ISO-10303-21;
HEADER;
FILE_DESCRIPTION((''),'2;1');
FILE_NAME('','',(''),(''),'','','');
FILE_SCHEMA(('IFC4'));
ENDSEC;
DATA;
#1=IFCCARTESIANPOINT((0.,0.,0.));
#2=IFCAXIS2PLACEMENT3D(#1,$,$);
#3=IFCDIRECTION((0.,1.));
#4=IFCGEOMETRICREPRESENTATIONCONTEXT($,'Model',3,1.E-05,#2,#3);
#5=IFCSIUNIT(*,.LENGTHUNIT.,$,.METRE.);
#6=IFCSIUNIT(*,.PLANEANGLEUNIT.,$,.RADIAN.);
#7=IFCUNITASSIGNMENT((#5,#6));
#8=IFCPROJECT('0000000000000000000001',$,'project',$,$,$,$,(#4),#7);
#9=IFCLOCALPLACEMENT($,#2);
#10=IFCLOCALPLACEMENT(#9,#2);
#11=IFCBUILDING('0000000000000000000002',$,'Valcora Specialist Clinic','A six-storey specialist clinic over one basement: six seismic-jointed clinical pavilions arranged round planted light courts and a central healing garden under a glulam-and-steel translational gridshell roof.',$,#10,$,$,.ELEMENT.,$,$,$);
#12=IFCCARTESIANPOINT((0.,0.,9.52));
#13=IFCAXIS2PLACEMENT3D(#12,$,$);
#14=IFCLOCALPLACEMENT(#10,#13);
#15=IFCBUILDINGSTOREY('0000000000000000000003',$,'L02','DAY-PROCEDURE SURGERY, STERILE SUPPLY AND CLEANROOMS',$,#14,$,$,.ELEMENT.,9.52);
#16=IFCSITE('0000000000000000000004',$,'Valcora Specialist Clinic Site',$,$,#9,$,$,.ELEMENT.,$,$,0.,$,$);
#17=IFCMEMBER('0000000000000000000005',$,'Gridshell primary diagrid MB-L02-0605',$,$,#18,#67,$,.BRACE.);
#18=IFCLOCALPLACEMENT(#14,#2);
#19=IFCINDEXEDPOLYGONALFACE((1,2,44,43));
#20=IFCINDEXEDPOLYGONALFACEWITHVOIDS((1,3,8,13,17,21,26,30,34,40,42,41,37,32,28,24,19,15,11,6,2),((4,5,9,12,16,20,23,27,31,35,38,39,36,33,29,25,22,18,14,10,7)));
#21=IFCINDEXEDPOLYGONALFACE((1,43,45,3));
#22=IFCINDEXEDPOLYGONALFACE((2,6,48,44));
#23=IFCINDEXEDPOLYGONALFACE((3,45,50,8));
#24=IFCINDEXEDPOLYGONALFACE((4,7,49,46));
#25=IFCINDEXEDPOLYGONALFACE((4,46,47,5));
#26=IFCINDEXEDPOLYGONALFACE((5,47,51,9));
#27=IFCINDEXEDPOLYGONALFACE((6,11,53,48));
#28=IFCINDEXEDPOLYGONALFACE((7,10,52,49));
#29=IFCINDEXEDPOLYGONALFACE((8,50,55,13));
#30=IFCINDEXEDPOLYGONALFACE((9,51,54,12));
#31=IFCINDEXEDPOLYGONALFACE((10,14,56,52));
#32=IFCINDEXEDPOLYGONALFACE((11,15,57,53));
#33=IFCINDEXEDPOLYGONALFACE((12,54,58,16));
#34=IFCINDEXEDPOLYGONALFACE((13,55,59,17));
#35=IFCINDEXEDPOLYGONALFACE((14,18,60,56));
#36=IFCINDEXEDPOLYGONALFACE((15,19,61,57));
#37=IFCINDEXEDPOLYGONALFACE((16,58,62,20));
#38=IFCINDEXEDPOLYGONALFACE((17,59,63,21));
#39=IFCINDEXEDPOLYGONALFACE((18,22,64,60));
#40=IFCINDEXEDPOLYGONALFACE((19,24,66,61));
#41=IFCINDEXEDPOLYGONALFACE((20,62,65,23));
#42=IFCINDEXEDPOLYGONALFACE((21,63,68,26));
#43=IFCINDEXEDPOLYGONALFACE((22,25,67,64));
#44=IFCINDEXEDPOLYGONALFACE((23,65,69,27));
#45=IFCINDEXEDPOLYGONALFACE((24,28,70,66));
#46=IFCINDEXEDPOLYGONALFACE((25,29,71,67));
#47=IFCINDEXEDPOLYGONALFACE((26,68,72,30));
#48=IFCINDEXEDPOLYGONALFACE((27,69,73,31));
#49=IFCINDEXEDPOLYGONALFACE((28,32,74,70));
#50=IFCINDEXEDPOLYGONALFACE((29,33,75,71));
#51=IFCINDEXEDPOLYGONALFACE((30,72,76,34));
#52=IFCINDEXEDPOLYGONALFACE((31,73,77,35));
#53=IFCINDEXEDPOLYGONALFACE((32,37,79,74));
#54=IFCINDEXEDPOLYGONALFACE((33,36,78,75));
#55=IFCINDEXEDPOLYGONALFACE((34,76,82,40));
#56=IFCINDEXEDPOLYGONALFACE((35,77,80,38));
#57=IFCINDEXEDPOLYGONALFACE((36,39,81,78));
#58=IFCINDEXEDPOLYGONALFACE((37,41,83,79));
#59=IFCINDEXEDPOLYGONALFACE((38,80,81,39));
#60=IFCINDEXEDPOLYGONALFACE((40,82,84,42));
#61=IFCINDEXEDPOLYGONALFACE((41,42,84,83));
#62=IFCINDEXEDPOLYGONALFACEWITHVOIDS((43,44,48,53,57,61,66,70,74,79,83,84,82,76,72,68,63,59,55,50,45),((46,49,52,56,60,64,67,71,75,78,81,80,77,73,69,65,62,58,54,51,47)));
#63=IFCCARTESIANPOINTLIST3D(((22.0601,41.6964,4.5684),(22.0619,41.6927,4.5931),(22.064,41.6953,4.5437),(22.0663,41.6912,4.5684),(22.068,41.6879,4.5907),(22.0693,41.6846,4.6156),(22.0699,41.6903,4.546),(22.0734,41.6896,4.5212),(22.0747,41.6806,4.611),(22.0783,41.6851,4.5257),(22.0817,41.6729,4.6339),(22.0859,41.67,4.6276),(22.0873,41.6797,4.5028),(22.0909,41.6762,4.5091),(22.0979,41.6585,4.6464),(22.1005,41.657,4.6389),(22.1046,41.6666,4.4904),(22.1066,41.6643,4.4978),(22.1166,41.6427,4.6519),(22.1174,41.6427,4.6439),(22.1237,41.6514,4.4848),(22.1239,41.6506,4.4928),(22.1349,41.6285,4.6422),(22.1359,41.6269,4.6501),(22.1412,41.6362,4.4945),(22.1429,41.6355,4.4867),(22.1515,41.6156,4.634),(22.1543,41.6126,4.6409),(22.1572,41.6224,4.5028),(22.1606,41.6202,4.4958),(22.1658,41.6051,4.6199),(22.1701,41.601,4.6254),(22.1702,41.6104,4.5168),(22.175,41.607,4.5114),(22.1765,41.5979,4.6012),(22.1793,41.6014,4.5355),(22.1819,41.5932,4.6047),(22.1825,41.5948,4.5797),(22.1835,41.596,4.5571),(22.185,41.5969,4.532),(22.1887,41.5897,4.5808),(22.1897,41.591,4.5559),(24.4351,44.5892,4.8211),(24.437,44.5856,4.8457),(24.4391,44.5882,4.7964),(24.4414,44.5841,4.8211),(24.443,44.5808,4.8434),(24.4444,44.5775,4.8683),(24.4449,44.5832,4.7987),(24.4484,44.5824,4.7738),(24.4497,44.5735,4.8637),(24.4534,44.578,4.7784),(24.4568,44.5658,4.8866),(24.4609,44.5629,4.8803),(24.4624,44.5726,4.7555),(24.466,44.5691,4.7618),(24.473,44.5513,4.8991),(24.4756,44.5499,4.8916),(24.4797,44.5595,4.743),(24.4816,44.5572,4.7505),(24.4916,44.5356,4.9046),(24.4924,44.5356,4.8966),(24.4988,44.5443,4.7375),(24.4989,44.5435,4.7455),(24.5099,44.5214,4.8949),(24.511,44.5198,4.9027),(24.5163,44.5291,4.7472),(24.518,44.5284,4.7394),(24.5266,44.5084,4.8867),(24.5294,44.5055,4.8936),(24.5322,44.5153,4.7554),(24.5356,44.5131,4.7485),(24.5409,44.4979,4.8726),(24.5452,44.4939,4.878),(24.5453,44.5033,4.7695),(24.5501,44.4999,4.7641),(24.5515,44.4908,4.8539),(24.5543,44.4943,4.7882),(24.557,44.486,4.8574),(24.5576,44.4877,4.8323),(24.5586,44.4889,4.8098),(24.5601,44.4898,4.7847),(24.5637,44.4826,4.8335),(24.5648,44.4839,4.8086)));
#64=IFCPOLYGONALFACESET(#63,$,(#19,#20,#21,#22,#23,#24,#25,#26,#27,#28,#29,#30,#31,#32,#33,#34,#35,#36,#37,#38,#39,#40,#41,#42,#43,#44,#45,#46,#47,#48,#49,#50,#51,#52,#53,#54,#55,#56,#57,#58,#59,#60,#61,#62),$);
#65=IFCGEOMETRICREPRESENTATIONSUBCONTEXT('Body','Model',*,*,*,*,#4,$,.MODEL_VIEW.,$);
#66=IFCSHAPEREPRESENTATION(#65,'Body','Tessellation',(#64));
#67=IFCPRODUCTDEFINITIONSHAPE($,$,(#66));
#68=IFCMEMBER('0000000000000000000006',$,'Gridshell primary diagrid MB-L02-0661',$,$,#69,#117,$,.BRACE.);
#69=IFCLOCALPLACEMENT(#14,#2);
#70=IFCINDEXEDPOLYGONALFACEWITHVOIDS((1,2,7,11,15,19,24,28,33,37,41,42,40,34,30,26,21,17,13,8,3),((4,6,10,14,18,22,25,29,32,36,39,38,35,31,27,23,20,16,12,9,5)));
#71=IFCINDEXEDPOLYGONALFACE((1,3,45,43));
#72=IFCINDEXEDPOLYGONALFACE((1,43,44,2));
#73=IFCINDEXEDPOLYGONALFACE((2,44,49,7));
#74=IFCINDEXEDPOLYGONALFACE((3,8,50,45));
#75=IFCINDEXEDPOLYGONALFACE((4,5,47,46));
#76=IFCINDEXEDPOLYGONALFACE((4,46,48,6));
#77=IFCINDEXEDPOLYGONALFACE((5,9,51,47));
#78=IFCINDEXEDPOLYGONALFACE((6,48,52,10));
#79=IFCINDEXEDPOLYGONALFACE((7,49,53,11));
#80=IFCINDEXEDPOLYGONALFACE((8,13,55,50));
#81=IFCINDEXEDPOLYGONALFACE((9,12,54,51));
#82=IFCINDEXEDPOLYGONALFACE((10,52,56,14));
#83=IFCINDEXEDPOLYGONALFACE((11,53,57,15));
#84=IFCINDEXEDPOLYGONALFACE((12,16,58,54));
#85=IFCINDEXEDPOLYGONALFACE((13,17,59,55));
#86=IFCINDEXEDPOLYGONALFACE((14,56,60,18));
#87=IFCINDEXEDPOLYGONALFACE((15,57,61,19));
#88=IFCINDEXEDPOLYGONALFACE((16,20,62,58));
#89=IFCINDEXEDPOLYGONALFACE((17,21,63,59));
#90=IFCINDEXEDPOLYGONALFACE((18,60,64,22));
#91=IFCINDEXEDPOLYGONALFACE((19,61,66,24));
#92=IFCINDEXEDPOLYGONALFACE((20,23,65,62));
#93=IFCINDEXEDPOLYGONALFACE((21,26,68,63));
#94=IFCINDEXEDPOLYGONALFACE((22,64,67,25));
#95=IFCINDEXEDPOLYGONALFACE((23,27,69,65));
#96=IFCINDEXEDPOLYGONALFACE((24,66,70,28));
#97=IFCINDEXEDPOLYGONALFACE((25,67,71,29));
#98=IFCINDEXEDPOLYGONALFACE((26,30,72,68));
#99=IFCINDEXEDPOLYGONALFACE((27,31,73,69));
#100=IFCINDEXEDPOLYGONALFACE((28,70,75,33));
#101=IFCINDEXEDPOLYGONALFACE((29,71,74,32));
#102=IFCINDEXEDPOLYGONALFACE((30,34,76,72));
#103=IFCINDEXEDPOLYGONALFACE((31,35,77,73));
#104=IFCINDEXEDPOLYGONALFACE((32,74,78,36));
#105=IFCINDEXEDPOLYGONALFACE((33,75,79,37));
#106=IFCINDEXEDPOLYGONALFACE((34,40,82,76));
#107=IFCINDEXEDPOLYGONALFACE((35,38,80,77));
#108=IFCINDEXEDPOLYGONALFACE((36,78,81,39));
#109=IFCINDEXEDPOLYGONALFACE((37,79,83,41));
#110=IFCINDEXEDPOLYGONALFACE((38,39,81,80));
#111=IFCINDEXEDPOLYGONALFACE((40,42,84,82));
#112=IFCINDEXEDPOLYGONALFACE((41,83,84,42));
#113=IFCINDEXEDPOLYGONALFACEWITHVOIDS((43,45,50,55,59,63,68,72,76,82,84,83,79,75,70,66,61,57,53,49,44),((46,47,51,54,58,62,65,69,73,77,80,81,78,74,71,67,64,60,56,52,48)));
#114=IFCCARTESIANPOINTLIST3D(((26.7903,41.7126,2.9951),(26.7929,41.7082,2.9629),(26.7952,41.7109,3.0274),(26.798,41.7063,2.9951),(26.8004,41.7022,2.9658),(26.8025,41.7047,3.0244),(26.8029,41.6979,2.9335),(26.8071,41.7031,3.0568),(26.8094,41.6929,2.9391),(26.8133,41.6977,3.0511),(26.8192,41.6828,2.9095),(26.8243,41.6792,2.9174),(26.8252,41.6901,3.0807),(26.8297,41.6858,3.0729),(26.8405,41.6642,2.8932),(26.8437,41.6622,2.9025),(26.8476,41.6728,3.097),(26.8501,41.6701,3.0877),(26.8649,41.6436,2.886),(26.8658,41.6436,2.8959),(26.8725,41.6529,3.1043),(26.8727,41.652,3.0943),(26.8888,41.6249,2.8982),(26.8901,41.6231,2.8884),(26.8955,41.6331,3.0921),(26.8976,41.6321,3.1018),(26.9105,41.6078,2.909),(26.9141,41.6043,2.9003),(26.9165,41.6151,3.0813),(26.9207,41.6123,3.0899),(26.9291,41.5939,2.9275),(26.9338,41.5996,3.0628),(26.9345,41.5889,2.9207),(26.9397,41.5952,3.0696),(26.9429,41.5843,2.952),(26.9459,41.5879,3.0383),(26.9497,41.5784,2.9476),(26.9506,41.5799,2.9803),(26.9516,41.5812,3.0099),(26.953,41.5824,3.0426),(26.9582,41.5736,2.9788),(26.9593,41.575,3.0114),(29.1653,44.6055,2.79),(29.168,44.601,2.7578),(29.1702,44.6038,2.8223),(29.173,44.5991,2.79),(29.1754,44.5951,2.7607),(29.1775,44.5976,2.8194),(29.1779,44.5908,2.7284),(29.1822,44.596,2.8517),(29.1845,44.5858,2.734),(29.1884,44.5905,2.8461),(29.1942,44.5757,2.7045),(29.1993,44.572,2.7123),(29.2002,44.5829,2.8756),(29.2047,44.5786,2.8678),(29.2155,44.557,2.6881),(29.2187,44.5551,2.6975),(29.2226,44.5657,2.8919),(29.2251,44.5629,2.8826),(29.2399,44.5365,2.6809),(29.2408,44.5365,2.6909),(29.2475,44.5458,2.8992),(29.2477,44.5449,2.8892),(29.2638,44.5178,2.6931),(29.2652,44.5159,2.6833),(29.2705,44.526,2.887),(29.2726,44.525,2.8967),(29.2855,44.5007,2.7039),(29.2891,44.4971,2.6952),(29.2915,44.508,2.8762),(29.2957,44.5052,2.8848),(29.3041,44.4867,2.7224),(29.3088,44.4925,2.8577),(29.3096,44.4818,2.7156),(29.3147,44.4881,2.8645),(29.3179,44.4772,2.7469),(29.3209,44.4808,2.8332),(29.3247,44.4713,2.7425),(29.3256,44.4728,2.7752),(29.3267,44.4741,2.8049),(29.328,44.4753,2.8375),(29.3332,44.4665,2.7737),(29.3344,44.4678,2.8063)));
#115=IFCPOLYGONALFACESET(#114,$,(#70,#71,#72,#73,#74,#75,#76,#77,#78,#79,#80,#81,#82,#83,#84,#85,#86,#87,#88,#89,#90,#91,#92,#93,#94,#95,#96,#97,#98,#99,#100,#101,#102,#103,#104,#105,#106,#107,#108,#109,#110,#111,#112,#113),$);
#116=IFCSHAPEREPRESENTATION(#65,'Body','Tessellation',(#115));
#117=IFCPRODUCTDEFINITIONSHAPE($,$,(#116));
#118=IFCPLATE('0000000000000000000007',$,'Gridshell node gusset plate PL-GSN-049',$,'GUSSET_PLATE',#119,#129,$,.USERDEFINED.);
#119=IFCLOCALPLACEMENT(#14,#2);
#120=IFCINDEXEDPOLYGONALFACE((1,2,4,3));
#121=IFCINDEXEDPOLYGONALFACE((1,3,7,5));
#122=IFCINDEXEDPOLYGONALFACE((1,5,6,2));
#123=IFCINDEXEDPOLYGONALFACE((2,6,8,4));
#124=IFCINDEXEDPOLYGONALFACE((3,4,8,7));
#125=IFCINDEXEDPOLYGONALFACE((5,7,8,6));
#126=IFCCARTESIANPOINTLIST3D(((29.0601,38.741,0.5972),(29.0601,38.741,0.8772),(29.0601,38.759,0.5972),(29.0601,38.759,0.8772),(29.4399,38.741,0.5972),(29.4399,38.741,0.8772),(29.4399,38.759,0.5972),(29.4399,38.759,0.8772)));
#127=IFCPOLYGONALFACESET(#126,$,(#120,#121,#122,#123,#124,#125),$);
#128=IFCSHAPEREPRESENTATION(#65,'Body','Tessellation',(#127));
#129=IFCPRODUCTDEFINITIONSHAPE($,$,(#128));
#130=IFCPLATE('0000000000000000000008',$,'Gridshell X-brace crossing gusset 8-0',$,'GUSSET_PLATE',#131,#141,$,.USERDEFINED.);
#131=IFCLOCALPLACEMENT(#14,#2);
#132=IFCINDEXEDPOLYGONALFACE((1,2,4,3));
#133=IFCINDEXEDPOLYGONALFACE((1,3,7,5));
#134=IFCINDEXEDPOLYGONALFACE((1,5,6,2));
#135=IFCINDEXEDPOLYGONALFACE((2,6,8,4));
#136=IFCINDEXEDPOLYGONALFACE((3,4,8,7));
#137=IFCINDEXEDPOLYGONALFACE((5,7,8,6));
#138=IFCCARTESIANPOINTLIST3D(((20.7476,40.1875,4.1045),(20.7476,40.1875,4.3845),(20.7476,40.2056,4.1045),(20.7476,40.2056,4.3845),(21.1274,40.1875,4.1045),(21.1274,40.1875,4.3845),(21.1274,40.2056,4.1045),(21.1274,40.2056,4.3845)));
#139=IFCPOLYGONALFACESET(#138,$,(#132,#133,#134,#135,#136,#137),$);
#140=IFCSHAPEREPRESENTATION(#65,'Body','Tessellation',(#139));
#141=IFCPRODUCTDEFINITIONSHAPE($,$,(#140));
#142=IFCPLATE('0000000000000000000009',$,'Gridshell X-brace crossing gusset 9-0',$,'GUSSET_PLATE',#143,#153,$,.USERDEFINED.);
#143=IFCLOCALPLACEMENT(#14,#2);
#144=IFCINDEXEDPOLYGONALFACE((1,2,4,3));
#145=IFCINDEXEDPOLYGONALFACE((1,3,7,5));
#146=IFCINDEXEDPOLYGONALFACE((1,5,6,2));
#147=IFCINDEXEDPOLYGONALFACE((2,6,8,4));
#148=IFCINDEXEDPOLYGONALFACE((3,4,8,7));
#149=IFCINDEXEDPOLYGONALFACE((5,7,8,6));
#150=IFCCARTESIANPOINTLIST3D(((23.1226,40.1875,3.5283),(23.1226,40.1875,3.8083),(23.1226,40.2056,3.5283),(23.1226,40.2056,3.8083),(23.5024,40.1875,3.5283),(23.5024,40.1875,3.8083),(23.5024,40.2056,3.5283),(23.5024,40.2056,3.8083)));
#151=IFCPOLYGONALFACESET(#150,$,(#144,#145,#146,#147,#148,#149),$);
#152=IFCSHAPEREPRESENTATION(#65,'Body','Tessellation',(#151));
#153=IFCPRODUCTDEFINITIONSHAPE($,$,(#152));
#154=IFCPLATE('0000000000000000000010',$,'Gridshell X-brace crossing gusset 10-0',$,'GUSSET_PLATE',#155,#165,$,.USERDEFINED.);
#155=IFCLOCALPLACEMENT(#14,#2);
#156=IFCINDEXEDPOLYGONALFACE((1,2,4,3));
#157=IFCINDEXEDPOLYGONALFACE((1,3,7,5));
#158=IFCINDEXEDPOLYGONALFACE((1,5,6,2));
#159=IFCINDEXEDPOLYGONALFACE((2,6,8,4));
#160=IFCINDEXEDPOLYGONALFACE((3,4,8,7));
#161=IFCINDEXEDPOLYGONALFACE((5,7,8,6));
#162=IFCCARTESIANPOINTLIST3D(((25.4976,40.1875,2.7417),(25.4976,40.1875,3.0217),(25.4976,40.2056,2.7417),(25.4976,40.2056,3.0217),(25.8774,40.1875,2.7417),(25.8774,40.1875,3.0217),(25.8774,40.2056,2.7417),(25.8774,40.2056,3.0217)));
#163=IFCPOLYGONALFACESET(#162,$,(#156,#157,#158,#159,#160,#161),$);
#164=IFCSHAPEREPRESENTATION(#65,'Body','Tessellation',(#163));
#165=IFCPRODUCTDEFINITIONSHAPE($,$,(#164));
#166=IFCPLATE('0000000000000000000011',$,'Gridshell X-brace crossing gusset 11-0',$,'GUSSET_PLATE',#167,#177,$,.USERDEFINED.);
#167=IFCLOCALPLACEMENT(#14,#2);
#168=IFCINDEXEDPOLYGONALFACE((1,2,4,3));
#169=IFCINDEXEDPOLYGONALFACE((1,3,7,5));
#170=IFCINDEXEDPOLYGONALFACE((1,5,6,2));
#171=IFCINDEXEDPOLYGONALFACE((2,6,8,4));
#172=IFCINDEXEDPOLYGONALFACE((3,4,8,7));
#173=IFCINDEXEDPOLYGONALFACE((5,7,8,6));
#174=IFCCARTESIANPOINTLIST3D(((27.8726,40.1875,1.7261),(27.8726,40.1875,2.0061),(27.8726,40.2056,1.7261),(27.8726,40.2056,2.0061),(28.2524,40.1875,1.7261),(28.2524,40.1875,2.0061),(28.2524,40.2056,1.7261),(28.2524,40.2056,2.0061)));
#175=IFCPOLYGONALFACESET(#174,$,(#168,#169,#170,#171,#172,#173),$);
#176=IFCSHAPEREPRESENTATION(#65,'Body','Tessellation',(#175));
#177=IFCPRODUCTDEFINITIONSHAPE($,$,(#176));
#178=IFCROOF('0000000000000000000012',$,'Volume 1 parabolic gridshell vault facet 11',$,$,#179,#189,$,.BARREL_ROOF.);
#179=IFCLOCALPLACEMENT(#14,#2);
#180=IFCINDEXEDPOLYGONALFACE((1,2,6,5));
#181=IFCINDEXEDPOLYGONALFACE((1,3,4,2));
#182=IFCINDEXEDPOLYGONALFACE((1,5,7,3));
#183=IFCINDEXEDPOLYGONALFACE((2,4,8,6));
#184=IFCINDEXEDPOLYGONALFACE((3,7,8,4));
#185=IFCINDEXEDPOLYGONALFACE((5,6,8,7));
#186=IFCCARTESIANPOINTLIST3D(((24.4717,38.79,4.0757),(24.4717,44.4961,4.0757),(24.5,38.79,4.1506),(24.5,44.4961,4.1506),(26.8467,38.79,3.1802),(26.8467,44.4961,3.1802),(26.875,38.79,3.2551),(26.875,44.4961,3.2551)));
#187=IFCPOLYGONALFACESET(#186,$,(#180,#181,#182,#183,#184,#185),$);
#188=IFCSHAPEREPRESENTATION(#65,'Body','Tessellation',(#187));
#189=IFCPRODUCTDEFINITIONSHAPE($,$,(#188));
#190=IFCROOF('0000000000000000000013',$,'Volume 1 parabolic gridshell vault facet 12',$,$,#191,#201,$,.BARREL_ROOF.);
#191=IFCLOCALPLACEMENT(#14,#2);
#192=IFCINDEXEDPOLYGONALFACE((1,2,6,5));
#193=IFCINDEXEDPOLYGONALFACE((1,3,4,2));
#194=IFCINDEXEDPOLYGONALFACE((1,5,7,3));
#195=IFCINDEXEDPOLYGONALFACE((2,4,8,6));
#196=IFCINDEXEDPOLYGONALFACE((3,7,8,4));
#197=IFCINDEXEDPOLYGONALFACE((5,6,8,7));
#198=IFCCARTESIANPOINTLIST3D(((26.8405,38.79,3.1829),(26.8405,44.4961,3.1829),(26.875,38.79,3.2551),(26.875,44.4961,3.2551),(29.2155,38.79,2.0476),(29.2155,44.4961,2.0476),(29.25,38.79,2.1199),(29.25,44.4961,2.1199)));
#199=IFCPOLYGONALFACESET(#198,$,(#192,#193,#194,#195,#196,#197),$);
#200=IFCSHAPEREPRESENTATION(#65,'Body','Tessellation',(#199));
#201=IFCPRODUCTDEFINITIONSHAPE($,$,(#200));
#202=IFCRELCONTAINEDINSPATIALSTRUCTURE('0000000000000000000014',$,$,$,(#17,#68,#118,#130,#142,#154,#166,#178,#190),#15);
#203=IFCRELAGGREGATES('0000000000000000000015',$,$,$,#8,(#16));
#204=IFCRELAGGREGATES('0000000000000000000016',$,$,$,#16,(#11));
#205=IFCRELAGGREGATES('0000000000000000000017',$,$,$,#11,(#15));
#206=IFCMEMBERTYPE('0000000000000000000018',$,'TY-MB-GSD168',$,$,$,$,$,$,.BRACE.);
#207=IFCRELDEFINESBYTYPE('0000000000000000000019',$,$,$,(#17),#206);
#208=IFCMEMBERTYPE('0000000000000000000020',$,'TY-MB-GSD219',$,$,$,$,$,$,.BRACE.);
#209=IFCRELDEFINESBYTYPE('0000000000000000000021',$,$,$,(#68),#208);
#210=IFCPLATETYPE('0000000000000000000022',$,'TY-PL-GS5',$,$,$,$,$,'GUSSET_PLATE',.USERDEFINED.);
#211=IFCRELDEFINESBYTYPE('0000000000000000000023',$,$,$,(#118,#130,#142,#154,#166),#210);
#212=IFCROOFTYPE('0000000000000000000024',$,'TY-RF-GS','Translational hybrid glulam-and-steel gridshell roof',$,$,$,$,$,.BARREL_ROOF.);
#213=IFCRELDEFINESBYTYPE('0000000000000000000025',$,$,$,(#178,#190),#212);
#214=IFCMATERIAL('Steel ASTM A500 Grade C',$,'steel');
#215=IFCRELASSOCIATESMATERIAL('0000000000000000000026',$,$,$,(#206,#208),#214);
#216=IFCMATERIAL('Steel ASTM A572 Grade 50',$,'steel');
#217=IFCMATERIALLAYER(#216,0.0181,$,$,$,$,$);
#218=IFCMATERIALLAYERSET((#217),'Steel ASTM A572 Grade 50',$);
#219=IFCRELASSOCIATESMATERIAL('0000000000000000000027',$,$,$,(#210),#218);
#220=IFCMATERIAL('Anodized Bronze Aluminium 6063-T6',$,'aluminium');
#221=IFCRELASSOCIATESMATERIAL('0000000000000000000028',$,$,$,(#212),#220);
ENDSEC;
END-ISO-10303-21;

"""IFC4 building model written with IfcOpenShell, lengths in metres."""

from ifc_helpers import new_model, si_unit, direction, frame, origin, origin_2d, place, context, subcontext, project, spatial, polyline, rectangle, hollow_circle, outline, extrude, material, layer, layer_set, material_profile, profile_set, type_object, element, save


model = new_model("IFC4")

# Units and contexts
model_context = context("Model", 3, precision=1e-05, world=origin(), true_north=direction((0.0, 1.0)))
body_context = subcontext(model_context, "Body", "Model", "MODEL_VIEW")
ifc_project = project(units=[si_unit("LENGTHUNIT", "METRE"), si_unit("PLANEANGLEUNIT", "RADIAN")], contexts=[model_context])

# Site, building, storey
site_placement = place(None, origin())
site = spatial("IfcSite", under=ifc_project, at=site_placement, Name="Valcora Specialist Clinic Site", CompositionType="ELEMENT", RefElevation=0.0)
building_placement = place(site_placement, origin())
building = spatial("IfcBuilding", under=site, at=building_placement, Name="Valcora Specialist Clinic", Description="A six-storey specialist clinic over one basement: six seismic-jointed clinical pavilions arranged round planted light courts and a central healing garden under a glulam-and-steel translational gridshell roof.", CompositionType="ELEMENT")
storey_placement = place(building_placement, frame((0.0, 0.0, 9.52)))
storey = spatial("IfcBuildingStorey", under=building, at=storey_placement, Name="L02", Description="DAY-PROCEDURE SURGERY, STERILE SUPPLY AND CLEANROOMS", CompositionType="ELEMENT", Elevation=9.52)

# Members
ifc_material_1 = material(Name="Steel ASTM A500 Grade C", Category="steel")
ifc_material_profile_1 = material_profile(ifc_material_1, hollow_circle(Radius=0.084, WallThickness=0.0081, at=origin_2d()), Name="ST-CHS-168X8")
ifc_profile_set_1 = profile_set([ifc_material_profile_1], Name="Steel ASTM A500 Grade C")
member_type_1 = type_object("IfcMemberType", Name="TY-MB-GSD168", PredefinedType="BRACE", material=ifc_profile_set_1)
member_1_placement = place(storey_placement, frame((22.125, 41.6431, 4.5684), z_axis=(0.633099, 0.771134, 0.067358), x_axis=(-0.77289, 0.63454, 0.0)))
element("IfcMember", 1, at=member_1_placement, inside=storey, type_object=member_type_1, Name="Gridshell primary diagrid MB-L02-0605", PredefinedType="BRACE", context=body_context, shape_type="SweptSolid", body=[
    extrude(hollow_circle(Radius=0.084, WallThickness=0.0081, at=origin_2d()), origin(), (0.0, 0.0, 1.0), 3.7515),
])
ifc_material_profile_2 = material_profile(ifc_material_1, hollow_circle(Radius=0.1096, WallThickness=0.01, at=origin_2d()), Name="ST-CHS-219X10")
ifc_profile_set_2 = profile_set([ifc_material_profile_2], Name="Steel ASTM A500 Grade C")
member_type_2 = type_object("IfcMemberType", Name="TY-MB-GSD219", PredefinedType="BRACE", material=ifc_profile_set_2)
member_2_placement = place(storey_placement, frame((26.875, 41.6431, 2.9951), z_axis=(0.63359, 0.771732, -0.05471), x_axis=(-0.77289, 0.63454, 0.0)))
element("IfcMember", 2, at=member_2_placement, inside=storey, type_object=member_type_2, Name="Gridshell primary diagrid MB-L02-0661", PredefinedType="BRACE", context=body_context, shape_type="SweptSolid", body=[
    extrude(hollow_circle(Radius=0.1096, WallThickness=0.01, at=origin_2d()), origin(), (0.0, 0.0, 1.0), 3.7485),
])

# Plates
ifc_material_2 = material(Name="Steel ASTM A572 Grade 50", Category="steel")
ifc_layer = layer(ifc_material_2, 0.0181)
ifc_layer_set = layer_set([ifc_layer], Name="Steel ASTM A572 Grade 50")
plate_type = type_object("IfcPlateType", Name="TY-PL-GS5", ElementType="GUSSET_PLATE", PredefinedType="USERDEFINED", material=ifc_layer_set)
for number, where, z_axis, x_axis, name in (
    (3, (29.25, 38.75, 0.5972), (0.0, 0.0, 1.0), (1.0, 0.0, 0.0), "Gridshell node gusset plate PL-GSN-049"),
    (4, (20.9375, 40.1965, 4.1045), (0.0, 0.0, 1.0), (1.0, 0.0, 0.0), "Gridshell X-brace crossing gusset 8-0"),
    (5, (23.3125, 40.1965, 3.5283), (0.0, 0.0, 1.0), (1.0, 0.0, 0.0), "Gridshell X-brace crossing gusset 9-0"),
    (6, (25.6875, 40.1965, 2.7417), (0.0, 0.0, 1.0), (1.0, 0.0, 0.0), "Gridshell X-brace crossing gusset 10-0"),
    (7, (28.0625, 40.1965, 1.7261), (0.0, 0.0, 1.0), (1.0, 0.0, 0.0), "Gridshell X-brace crossing gusset 11-0"),
):
    element("IfcPlate", number, at=place(storey_placement, frame(where, z_axis=z_axis, x_axis=x_axis)), inside=storey, type_object=plate_type, Name=name, ObjectType="GUSSET_PLATE", PredefinedType="USERDEFINED", context=body_context, shape_type="SweptSolid", body=[
        extrude(rectangle(XDim=0.3799, YDim=0.0181, at=origin_2d()), origin(), (0.0, 0.0, 1.0), 0.28),
    ])

# Roofs
ifc_material_3 = material(Name="Anodized Bronze Aluminium 6063-T6", Category="aluminium")
roof_type = type_object("IfcRoofType", Name="TY-RF-GS", Description="Translational hybrid glulam-and-steel gridshell roof", PredefinedType="BARREL_ROOF", material=ifc_material_3)
roof_1_placement = place(storey_placement, frame((24.5, 38.79, 4.1506), z_axis=(0.352809, 0.0, 0.935695), x_axis=(0.935695, 0.0, -0.352809)))
element("IfcRoof", 8, at=roof_1_placement, inside=storey, type_object=roof_type, Name="Volume 1 parabolic gridshell vault facet 11", PredefinedType="BARREL_ROOF", context=body_context, shape_type="SweptSolid", body=[
    extrude(outline(polyline([(0.0, 0.0), (2.5382, 0.0), (2.5382, 5.7061), (0.0, 5.7061), (0.0, 0.0)])), origin(), (0.0, 0.0, -1.0), 0.0801),
])
roof_2_placement = place(storey_placement, frame((26.875, 38.79, 3.2551), z_axis=(0.431265, 0.0, 0.902225), x_axis=(0.902225, 0.0, -0.431265)))
element("IfcRoof", 9, at=roof_2_placement, inside=storey, type_object=roof_type, Name="Volume 1 parabolic gridshell vault facet 12", PredefinedType="BARREL_ROOF", context=body_context, shape_type="SweptSolid", body=[
    extrude(outline(polyline([(0.0, 0.0), (2.6324, 0.0), (2.6324, 5.7061), (0.0, 5.7061), (0.0, 0.0)])), origin(), (0.0, 0.0, -1.0), 0.0801),
])

save(model, "model.ifc")
